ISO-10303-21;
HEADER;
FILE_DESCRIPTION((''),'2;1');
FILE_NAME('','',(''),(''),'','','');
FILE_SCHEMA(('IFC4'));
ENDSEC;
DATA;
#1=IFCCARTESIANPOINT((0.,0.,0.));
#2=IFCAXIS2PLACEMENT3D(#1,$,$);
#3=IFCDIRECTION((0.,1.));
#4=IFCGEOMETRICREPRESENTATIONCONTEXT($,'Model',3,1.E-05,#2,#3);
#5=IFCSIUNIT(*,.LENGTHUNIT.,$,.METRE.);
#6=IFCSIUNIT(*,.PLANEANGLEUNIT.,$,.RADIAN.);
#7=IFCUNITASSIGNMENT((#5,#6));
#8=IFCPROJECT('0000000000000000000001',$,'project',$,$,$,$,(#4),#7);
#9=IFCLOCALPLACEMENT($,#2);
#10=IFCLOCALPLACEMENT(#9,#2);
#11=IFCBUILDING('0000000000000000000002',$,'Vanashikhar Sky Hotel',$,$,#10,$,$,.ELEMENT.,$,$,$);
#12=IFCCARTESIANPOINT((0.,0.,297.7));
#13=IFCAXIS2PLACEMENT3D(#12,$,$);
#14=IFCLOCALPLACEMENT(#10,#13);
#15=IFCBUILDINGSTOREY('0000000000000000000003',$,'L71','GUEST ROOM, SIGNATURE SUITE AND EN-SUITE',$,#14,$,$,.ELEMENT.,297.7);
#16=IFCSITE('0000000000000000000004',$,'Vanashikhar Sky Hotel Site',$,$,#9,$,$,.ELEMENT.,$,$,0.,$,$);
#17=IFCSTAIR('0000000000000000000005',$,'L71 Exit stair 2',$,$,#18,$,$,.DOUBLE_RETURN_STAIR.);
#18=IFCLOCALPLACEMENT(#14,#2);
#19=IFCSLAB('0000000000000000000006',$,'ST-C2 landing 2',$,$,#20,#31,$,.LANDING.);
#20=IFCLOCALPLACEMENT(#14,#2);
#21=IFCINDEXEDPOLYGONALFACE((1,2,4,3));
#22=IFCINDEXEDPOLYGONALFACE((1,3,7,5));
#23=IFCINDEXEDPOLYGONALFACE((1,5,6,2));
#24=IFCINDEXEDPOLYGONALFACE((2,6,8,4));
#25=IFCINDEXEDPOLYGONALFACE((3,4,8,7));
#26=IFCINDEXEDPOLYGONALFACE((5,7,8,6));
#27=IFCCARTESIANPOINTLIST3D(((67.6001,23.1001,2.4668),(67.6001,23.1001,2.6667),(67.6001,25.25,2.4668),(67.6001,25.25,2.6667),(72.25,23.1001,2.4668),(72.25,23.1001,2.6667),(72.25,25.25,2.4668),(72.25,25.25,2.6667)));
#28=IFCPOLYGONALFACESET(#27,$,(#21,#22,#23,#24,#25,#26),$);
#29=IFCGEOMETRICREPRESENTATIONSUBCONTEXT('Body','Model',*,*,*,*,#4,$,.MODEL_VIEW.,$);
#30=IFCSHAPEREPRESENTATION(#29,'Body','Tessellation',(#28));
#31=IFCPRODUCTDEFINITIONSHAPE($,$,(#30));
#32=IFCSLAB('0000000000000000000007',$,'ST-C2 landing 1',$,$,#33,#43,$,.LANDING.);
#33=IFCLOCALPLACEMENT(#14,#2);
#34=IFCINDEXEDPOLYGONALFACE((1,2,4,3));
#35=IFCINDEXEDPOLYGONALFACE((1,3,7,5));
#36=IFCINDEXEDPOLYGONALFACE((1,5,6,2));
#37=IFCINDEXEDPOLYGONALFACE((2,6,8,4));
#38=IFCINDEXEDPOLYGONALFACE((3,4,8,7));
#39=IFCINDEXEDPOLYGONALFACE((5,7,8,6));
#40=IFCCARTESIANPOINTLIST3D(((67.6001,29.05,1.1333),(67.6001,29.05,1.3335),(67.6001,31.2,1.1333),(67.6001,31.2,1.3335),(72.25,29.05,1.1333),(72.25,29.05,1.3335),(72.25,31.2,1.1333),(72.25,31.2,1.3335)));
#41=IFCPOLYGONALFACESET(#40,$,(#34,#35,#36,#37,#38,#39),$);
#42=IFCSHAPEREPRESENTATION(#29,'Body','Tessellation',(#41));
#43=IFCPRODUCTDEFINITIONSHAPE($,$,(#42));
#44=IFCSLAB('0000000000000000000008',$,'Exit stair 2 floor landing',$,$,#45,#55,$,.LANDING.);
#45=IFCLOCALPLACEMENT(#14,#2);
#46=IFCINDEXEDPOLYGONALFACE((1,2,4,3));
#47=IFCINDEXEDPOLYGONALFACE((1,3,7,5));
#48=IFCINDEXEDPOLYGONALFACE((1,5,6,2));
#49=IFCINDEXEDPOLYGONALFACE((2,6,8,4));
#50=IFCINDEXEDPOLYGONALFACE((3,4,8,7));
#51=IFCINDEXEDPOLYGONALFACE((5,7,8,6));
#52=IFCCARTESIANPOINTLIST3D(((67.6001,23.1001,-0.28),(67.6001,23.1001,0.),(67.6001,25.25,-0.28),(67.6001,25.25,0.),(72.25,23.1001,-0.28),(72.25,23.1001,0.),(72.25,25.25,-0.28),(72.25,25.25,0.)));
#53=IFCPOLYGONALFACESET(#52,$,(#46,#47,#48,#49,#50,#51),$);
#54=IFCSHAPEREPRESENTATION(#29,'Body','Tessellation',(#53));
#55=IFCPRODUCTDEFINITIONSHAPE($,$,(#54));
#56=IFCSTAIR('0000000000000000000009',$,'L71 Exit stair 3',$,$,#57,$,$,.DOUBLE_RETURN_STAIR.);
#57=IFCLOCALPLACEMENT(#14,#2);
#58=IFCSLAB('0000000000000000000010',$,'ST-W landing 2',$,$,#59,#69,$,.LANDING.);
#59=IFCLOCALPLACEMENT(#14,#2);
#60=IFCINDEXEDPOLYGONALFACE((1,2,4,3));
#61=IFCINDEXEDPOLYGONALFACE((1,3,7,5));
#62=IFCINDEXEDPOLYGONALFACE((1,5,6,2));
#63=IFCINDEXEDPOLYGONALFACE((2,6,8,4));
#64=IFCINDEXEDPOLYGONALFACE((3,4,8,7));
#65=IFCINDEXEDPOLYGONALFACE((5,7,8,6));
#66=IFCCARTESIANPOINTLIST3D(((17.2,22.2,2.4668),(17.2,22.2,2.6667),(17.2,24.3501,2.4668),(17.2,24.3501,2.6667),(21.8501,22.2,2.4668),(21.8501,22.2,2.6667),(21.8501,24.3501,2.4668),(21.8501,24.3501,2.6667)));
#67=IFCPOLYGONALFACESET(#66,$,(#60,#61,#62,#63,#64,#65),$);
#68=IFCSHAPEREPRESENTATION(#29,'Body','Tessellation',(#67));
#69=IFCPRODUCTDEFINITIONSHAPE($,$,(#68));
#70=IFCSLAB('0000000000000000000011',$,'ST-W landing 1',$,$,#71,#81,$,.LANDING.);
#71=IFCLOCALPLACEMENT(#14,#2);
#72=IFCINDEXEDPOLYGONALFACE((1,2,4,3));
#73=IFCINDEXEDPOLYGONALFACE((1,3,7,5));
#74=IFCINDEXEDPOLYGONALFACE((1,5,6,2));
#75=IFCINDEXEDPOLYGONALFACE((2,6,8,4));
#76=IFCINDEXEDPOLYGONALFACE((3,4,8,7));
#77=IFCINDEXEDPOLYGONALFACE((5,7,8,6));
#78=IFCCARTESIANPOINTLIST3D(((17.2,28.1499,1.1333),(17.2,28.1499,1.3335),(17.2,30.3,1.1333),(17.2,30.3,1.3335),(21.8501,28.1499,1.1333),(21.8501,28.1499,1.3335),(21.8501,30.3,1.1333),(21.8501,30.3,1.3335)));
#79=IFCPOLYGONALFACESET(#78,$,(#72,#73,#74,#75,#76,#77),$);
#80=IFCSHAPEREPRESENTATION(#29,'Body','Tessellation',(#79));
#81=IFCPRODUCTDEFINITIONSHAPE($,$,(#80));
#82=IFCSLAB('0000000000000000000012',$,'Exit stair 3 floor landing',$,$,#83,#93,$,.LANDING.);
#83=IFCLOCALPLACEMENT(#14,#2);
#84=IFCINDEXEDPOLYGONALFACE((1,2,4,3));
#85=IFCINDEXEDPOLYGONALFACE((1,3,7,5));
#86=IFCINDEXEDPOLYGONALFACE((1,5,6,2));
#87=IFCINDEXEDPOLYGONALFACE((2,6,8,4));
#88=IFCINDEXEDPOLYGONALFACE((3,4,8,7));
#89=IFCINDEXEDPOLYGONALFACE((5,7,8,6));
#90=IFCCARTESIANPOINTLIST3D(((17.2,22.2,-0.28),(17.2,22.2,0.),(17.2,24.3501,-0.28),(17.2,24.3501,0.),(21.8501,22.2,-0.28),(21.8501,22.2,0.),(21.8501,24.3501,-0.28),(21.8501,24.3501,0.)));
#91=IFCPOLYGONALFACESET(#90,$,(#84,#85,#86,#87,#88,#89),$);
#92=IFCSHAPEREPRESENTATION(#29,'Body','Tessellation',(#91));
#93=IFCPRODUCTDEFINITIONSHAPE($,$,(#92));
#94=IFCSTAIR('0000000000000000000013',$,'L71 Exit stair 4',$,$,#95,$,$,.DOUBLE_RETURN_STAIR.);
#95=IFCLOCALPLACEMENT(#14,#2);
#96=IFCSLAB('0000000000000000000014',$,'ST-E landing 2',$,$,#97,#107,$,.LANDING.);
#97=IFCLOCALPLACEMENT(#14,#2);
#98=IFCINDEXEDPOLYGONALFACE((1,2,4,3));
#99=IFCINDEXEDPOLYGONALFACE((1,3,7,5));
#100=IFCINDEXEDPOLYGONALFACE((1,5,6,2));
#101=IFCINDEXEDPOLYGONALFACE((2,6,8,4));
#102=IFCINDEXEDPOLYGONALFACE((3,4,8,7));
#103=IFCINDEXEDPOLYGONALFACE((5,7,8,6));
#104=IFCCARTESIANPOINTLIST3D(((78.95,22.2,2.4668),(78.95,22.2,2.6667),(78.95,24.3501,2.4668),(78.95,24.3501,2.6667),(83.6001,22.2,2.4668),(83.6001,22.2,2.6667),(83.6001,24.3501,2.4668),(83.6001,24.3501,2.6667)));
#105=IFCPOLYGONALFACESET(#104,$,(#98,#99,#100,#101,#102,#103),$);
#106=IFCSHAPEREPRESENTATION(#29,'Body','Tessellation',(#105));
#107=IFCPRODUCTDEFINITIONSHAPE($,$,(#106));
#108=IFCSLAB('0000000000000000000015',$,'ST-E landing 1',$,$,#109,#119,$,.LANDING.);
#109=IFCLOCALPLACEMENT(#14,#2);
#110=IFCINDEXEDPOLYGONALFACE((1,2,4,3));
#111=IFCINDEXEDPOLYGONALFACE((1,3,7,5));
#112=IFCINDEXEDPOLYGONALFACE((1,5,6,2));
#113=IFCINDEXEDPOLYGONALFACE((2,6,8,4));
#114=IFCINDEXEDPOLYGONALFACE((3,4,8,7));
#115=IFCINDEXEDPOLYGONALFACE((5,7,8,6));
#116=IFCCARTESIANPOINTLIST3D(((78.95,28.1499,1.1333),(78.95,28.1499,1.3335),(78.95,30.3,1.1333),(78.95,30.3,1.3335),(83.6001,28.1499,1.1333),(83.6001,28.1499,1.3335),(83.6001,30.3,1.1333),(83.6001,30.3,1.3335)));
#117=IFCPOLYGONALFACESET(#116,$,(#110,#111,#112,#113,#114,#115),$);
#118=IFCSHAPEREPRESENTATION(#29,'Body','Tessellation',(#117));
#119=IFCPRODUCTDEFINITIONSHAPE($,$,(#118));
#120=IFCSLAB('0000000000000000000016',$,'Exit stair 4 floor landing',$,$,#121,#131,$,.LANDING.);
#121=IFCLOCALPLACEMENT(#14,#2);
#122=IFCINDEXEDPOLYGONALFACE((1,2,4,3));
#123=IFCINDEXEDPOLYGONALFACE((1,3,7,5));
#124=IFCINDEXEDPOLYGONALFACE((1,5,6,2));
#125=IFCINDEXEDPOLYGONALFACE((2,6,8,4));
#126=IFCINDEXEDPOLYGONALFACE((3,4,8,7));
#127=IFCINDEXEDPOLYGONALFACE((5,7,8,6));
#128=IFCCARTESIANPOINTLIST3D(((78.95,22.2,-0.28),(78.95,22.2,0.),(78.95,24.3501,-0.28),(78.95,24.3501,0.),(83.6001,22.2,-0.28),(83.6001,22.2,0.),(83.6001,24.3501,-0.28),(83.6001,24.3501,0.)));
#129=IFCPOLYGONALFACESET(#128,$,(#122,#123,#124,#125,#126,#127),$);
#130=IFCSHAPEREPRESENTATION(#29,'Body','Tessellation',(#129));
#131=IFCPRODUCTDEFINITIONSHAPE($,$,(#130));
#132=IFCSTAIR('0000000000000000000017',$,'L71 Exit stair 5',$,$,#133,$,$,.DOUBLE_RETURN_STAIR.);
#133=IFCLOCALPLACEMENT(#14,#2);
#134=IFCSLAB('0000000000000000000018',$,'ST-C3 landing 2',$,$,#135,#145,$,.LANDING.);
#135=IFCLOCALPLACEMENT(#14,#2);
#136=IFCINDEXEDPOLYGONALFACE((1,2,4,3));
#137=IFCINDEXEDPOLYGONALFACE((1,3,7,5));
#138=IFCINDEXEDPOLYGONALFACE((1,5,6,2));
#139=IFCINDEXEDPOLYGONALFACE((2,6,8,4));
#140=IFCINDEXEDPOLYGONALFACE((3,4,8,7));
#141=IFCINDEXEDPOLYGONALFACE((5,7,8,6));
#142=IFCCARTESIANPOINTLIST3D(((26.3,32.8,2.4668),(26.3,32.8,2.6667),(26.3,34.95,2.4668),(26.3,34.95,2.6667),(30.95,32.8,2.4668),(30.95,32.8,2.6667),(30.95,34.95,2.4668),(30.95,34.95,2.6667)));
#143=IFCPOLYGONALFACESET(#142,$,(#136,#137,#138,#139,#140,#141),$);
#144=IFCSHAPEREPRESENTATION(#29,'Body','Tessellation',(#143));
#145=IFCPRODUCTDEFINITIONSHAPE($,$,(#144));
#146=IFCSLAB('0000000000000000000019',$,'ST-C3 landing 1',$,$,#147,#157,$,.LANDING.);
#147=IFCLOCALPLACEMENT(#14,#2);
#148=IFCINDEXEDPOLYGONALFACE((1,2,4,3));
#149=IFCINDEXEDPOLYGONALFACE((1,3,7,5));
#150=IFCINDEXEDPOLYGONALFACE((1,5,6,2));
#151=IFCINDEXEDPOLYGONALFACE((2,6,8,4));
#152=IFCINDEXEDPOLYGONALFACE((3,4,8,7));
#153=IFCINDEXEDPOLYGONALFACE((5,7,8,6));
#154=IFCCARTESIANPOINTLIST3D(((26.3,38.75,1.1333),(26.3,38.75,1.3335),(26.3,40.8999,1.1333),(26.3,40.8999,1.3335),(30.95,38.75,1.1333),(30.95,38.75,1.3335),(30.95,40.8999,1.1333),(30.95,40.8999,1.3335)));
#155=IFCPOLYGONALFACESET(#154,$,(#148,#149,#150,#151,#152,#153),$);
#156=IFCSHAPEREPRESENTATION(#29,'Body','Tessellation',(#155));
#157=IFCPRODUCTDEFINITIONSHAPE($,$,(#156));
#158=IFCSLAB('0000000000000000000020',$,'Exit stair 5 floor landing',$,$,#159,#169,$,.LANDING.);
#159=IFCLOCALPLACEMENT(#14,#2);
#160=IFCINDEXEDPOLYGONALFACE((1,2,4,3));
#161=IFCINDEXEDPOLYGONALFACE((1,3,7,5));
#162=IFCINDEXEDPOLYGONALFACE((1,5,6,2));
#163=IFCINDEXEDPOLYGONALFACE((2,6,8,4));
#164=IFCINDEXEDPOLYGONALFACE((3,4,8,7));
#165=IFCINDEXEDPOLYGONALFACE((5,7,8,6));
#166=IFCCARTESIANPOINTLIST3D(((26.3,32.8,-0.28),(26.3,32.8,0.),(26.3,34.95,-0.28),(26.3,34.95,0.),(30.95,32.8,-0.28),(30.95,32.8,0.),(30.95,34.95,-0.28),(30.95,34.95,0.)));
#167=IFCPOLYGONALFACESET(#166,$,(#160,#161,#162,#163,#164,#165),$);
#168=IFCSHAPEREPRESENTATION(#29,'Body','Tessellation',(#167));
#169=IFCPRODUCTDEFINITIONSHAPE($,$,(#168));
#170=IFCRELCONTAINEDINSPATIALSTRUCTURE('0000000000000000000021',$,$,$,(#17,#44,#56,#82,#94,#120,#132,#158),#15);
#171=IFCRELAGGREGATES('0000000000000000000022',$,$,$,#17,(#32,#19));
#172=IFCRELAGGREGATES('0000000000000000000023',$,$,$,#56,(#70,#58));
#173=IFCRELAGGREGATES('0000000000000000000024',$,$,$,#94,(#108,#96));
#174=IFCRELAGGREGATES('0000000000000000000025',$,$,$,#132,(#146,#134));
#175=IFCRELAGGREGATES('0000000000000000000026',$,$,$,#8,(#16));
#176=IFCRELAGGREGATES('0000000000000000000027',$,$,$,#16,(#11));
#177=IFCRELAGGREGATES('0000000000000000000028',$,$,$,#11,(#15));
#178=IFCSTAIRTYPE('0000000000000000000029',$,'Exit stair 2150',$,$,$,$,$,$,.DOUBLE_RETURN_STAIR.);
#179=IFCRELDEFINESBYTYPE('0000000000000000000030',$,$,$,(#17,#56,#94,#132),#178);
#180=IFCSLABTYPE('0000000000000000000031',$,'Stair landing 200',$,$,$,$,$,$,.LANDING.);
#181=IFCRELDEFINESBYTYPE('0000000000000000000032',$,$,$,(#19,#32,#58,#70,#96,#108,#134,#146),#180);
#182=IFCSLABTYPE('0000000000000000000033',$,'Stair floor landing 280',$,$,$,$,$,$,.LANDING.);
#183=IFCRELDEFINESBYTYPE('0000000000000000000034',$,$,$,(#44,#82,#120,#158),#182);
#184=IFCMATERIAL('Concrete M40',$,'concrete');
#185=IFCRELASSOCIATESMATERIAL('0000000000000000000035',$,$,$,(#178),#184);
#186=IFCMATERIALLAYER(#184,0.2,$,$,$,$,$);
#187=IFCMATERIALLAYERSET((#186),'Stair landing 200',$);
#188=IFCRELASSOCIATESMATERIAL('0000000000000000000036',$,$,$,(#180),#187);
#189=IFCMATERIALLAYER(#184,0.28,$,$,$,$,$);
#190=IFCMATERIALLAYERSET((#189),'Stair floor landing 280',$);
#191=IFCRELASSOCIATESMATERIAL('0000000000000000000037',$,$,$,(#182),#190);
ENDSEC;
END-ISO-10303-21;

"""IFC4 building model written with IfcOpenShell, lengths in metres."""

from ifc_helpers import new_model, si_unit, direction, frame, origin, place, context, subcontext, project, spatial, polyline, outline, extrude, source, transform, mapped, material, layer, layer_set, type_object, element, aggregate, save


model = new_model("IFC4")

# Units and contexts
model_context = context("Model", 3, precision=1e-05, world=origin(), true_north=direction((0.0, 1.0)))
body_context = subcontext(model_context, "Body", "Model", "MODEL_VIEW")
ifc_project = project(units=[si_unit("LENGTHUNIT", "METRE"), si_unit("PLANEANGLEUNIT", "RADIAN")], contexts=[model_context])

# Site, building, storey
site_placement = place(None, origin())
site = spatial("IfcSite", under=ifc_project, at=site_placement, Name="Vanashikhar Sky Hotel Site", CompositionType="ELEMENT", RefElevation=0.0)
building_placement = place(site_placement, origin())
building = spatial("IfcBuilding", under=site, at=building_placement, Name="Vanashikhar Sky Hotel", CompositionType="ELEMENT")
storey_placement = place(building_placement, frame((0.0, 0.0, 297.7)))
storey = spatial("IfcBuildingStorey", under=building, at=storey_placement, Name="L71", Description="GUEST ROOM, SIGNATURE SUITE AND EN-SUITE", CompositionType="ELEMENT", Elevation=297.7)

# Shared definitions
ifc_material = material(Name="Concrete M40", Category="concrete")

# Shared definitions
stair_type = type_object("IfcStairType", Name="Exit stair 2150", PredefinedType="DOUBLE_RETURN_STAIR", material=ifc_material)
ifc_layer_1 = layer(ifc_material, 0.2)
ifc_layer_set_1 = layer_set([ifc_layer_1], Name="Stair landing 200")
slab_type_1 = type_object("IfcSlabType", Name="Stair landing 200", PredefinedType="LANDING", material=ifc_layer_set_1)

# Shared definitions
ifc_layer_2 = layer(ifc_material, 0.28)
ifc_layer_set_2 = layer_set([ifc_layer_2], Name="Stair floor landing 280")
slab_type_2 = type_object("IfcSlabType", Name="Stair floor landing 280", PredefinedType="LANDING", material=ifc_layer_set_2)

# Stair, slabs
stair_1_placement = place(storey_placement, origin())
stair_1 = element("IfcStair", 1, at=stair_1_placement, inside=storey, type_object=stair_type, Name="L71 Exit stair 2", PredefinedType="DOUBLE_RETURN_STAIR")
shared_shape_1 = source(origin(), body_context, "Body", "SweptSolid", [
    extrude(outline(polyline([(72.25, 23.1001), (72.25, 25.25), (67.6001, 25.25), (67.6001, 23.1001), (72.25, 23.1001)])), origin(), (0.0, 0.0, 1.0), 0.2),
])
slab_1_placement = place(storey_placement, frame((0.0, 0.0, 2.4668)))
slab_1 = element("IfcSlab", 2, at=slab_1_placement, type_object=slab_type_1, Name="ST-C2 landing 2", PredefinedType="LANDING", context=body_context, shape_type="MappedRepresentation", body=[
    mapped(shared_shape_1, transform((0.0, 0.0, 0.0), scale=1.0)),
])
shared_shape_2 = source(origin(), body_context, "Body", "SweptSolid", [
    extrude(outline(polyline([(72.25, 29.05), (72.25, 31.2), (67.6001, 31.2), (67.6001, 29.05), (72.25, 29.05)])), origin(), (0.0, 0.0, 1.0), 0.2002),
])
slab_2_placement = place(storey_placement, frame((0.0, 0.0, 1.1333)))
slab_2 = element("IfcSlab", 3, at=slab_2_placement, type_object=slab_type_1, Name="ST-C2 landing 1", PredefinedType="LANDING", context=body_context, shape_type="MappedRepresentation", body=[
    mapped(shared_shape_2, transform((0.0, 0.0, 0.0), scale=1.0)),
])
aggregate(stair_1, [slab_2, slab_1])

# Slab
shared_shape_3 = source(origin(), body_context, "Body", "SweptSolid", [
    extrude(outline(polyline([(72.25, 23.1001), (72.25, 25.25), (67.6001, 25.25), (67.6001, 23.1001), (72.25, 23.1001)])), origin(), (0.0, 0.0, 1.0), 0.28),
])
slab_3_placement = place(storey_placement, frame((0.0, 0.0, -0.28)))
element("IfcSlab", 4, at=slab_3_placement, inside=storey, type_object=slab_type_2, Name="Exit stair 2 floor landing", PredefinedType="LANDING", context=body_context, shape_type="MappedRepresentation", body=[
    mapped(shared_shape_3, transform((0.0, 0.0, 0.0), scale=1.0)),
])

# Stair, slabs
stair_2_placement = place(storey_placement, origin())
stair_2 = element("IfcStair", 5, at=stair_2_placement, inside=storey, type_object=stair_type, Name="L71 Exit stair 3", PredefinedType="DOUBLE_RETURN_STAIR")
shared_shape_4 = source(origin(), body_context, "Body", "SweptSolid", [
    extrude(outline(polyline([(21.8501, 22.2), (21.8501, 24.3501), (17.2, 24.3501), (17.2, 22.2), (21.8501, 22.2)])), origin(), (0.0, 0.0, 1.0), 0.2),
])
slab_4_placement = place(storey_placement, frame((0.0, 0.0, 2.4668)))
slab_4 = element("IfcSlab", 6, at=slab_4_placement, type_object=slab_type_1, Name="ST-W landing 2", PredefinedType="LANDING", context=body_context, shape_type="MappedRepresentation", body=[
    mapped(shared_shape_4, transform((0.0, 0.0, 0.0), scale=1.0)),
])
shared_shape_5 = source(origin(), body_context, "Body", "SweptSolid", [
    extrude(outline(polyline([(21.8501, 28.1499), (21.8501, 30.3), (17.2, 30.3), (17.2, 28.1499), (21.8501, 28.1499)])), origin(), (0.0, 0.0, 1.0), 0.2002),
])
slab_5_placement = place(storey_placement, frame((0.0, 0.0, 1.1333)))
slab_5 = element("IfcSlab", 7, at=slab_5_placement, type_object=slab_type_1, Name="ST-W landing 1", PredefinedType="LANDING", context=body_context, shape_type="MappedRepresentation", body=[
    mapped(shared_shape_5, transform((0.0, 0.0, 0.0), scale=1.0)),
])
aggregate(stair_2, [slab_5, slab_4])

# Slab
shared_shape_6 = source(origin(), body_context, "Body", "SweptSolid", [
    extrude(outline(polyline([(21.8501, 22.2), (21.8501, 24.3501), (17.2, 24.3501), (17.2, 22.2), (21.8501, 22.2)])), origin(), (0.0, 0.0, 1.0), 0.28),
])
slab_6_placement = place(storey_placement, frame((0.0, 0.0, -0.28)))
element("IfcSlab", 8, at=slab_6_placement, inside=storey, type_object=slab_type_2, Name="Exit stair 3 floor landing", PredefinedType="LANDING", context=body_context, shape_type="MappedRepresentation", body=[
    mapped(shared_shape_6, transform((0.0, 0.0, 0.0), scale=1.0)),
])

# Stair, slabs
stair_3_placement = place(storey_placement, origin())
stair_3 = element("IfcStair", 9, at=stair_3_placement, inside=storey, type_object=stair_type, Name="L71 Exit stair 4", PredefinedType="DOUBLE_RETURN_STAIR")
shared_shape_7 = source(origin(), body_context, "Body", "SweptSolid", [
    extrude(outline(polyline([(83.6001, 22.2), (83.6001, 24.3501), (78.95, 24.3501), (78.95, 22.2), (83.6001, 22.2)])), origin(), (0.0, 0.0, 1.0), 0.2),
])
slab_7_placement = place(storey_placement, frame((0.0, 0.0, 2.4668)))
slab_7 = element("IfcSlab", 10, at=slab_7_placement, type_object=slab_type_1, Name="ST-E landing 2", PredefinedType="LANDING", context=body_context, shape_type="MappedRepresentation", body=[
    mapped(shared_shape_7, transform((0.0, 0.0, 0.0), scale=1.0)),
])
shared_shape_8 = source(origin(), body_context, "Body", "SweptSolid", [
    extrude(outline(polyline([(83.6001, 28.1499), (83.6001, 30.3), (78.95, 30.3), (78.95, 28.1499), (83.6001, 28.1499)])), origin(), (0.0, 0.0, 1.0), 0.2002),
])
slab_8_placement = place(storey_placement, frame((0.0, 0.0, 1.1333)))
slab_8 = element("IfcSlab", 11, at=slab_8_placement, type_object=slab_type_1, Name="ST-E landing 1", PredefinedType="LANDING", context=body_context, shape_type="MappedRepresentation", body=[
    mapped(shared_shape_8, transform((0.0, 0.0, 0.0), scale=1.0)),
])
aggregate(stair_3, [slab_8, slab_7])

# Slab
shared_shape_9 = source(origin(), body_context, "Body", "SweptSolid", [
    extrude(outline(polyline([(83.6001, 22.2), (83.6001, 24.3501), (78.95, 24.3501), (78.95, 22.2), (83.6001, 22.2)])), origin(), (0.0, 0.0, 1.0), 0.28),
])
slab_9_placement = place(storey_placement, frame((0.0, 0.0, -0.28)))
element("IfcSlab", 12, at=slab_9_placement, inside=storey, type_object=slab_type_2, Name="Exit stair 4 floor landing", PredefinedType="LANDING", context=body_context, shape_type="MappedRepresentation", body=[
    mapped(shared_shape_9, transform((0.0, 0.0, 0.0), scale=1.0)),
])

# Stair, slabs
stair_4_placement = place(storey_placement, origin())
stair_4 = element("IfcStair", 13, at=stair_4_placement, inside=storey, type_object=stair_type, Name="L71 Exit stair 5", PredefinedType="DOUBLE_RETURN_STAIR")
shared_shape_10 = source(origin(), body_context, "Body", "SweptSolid", [
    extrude(outline(polyline([(30.95, 32.8), (30.95, 34.95), (26.3, 34.95), (26.3, 32.8), (30.95, 32.8)])), origin(), (0.0, 0.0, 1.0), 0.2),
])
slab_10_placement = place(storey_placement, frame((0.0, 0.0, 2.4668)))
slab_10 = element("IfcSlab", 14, at=slab_10_placement, type_object=slab_type_1, Name="ST-C3 landing 2", PredefinedType="LANDING", context=body_context, shape_type="MappedRepresentation", body=[
    mapped(shared_shape_10, transform((0.0, 0.0, 0.0), scale=1.0)),
])
shared_shape_11 = source(origin(), body_context, "Body", "SweptSolid", [
    extrude(outline(polyline([(30.95, 38.75), (30.95, 40.8999), (26.3, 40.8999), (26.3, 38.75), (30.95, 38.75)])), origin(), (0.0, 0.0, 1.0), 0.2002),
])
slab_11_placement = place(storey_placement, frame((0.0, 0.0, 1.1333)))
slab_11 = element("IfcSlab", 15, at=slab_11_placement, type_object=slab_type_1, Name="ST-C3 landing 1", PredefinedType="LANDING", context=body_context, shape_type="MappedRepresentation", body=[
    mapped(shared_shape_11, transform((0.0, 0.0, 0.0), scale=1.0)),
])
aggregate(stair_4, [slab_11, slab_10])

# Slab
shared_shape_12 = source(origin(), body_context, "Body", "SweptSolid", [
    extrude(outline(polyline([(30.95, 32.8), (30.95, 34.95), (26.3, 34.95), (26.3, 32.8), (30.95, 32.8)])), origin(), (0.0, 0.0, 1.0), 0.28),
])
slab_12_placement = place(storey_placement, frame((0.0, 0.0, -0.28)))
element("IfcSlab", 16, at=slab_12_placement, inside=storey, type_object=slab_type_2, Name="Exit stair 5 floor landing", PredefinedType="LANDING", context=body_context, shape_type="MappedRepresentation", body=[
    mapped(shared_shape_12, transform((0.0, 0.0, 0.0), scale=1.0)),
])

save(model, "model.ifc")
